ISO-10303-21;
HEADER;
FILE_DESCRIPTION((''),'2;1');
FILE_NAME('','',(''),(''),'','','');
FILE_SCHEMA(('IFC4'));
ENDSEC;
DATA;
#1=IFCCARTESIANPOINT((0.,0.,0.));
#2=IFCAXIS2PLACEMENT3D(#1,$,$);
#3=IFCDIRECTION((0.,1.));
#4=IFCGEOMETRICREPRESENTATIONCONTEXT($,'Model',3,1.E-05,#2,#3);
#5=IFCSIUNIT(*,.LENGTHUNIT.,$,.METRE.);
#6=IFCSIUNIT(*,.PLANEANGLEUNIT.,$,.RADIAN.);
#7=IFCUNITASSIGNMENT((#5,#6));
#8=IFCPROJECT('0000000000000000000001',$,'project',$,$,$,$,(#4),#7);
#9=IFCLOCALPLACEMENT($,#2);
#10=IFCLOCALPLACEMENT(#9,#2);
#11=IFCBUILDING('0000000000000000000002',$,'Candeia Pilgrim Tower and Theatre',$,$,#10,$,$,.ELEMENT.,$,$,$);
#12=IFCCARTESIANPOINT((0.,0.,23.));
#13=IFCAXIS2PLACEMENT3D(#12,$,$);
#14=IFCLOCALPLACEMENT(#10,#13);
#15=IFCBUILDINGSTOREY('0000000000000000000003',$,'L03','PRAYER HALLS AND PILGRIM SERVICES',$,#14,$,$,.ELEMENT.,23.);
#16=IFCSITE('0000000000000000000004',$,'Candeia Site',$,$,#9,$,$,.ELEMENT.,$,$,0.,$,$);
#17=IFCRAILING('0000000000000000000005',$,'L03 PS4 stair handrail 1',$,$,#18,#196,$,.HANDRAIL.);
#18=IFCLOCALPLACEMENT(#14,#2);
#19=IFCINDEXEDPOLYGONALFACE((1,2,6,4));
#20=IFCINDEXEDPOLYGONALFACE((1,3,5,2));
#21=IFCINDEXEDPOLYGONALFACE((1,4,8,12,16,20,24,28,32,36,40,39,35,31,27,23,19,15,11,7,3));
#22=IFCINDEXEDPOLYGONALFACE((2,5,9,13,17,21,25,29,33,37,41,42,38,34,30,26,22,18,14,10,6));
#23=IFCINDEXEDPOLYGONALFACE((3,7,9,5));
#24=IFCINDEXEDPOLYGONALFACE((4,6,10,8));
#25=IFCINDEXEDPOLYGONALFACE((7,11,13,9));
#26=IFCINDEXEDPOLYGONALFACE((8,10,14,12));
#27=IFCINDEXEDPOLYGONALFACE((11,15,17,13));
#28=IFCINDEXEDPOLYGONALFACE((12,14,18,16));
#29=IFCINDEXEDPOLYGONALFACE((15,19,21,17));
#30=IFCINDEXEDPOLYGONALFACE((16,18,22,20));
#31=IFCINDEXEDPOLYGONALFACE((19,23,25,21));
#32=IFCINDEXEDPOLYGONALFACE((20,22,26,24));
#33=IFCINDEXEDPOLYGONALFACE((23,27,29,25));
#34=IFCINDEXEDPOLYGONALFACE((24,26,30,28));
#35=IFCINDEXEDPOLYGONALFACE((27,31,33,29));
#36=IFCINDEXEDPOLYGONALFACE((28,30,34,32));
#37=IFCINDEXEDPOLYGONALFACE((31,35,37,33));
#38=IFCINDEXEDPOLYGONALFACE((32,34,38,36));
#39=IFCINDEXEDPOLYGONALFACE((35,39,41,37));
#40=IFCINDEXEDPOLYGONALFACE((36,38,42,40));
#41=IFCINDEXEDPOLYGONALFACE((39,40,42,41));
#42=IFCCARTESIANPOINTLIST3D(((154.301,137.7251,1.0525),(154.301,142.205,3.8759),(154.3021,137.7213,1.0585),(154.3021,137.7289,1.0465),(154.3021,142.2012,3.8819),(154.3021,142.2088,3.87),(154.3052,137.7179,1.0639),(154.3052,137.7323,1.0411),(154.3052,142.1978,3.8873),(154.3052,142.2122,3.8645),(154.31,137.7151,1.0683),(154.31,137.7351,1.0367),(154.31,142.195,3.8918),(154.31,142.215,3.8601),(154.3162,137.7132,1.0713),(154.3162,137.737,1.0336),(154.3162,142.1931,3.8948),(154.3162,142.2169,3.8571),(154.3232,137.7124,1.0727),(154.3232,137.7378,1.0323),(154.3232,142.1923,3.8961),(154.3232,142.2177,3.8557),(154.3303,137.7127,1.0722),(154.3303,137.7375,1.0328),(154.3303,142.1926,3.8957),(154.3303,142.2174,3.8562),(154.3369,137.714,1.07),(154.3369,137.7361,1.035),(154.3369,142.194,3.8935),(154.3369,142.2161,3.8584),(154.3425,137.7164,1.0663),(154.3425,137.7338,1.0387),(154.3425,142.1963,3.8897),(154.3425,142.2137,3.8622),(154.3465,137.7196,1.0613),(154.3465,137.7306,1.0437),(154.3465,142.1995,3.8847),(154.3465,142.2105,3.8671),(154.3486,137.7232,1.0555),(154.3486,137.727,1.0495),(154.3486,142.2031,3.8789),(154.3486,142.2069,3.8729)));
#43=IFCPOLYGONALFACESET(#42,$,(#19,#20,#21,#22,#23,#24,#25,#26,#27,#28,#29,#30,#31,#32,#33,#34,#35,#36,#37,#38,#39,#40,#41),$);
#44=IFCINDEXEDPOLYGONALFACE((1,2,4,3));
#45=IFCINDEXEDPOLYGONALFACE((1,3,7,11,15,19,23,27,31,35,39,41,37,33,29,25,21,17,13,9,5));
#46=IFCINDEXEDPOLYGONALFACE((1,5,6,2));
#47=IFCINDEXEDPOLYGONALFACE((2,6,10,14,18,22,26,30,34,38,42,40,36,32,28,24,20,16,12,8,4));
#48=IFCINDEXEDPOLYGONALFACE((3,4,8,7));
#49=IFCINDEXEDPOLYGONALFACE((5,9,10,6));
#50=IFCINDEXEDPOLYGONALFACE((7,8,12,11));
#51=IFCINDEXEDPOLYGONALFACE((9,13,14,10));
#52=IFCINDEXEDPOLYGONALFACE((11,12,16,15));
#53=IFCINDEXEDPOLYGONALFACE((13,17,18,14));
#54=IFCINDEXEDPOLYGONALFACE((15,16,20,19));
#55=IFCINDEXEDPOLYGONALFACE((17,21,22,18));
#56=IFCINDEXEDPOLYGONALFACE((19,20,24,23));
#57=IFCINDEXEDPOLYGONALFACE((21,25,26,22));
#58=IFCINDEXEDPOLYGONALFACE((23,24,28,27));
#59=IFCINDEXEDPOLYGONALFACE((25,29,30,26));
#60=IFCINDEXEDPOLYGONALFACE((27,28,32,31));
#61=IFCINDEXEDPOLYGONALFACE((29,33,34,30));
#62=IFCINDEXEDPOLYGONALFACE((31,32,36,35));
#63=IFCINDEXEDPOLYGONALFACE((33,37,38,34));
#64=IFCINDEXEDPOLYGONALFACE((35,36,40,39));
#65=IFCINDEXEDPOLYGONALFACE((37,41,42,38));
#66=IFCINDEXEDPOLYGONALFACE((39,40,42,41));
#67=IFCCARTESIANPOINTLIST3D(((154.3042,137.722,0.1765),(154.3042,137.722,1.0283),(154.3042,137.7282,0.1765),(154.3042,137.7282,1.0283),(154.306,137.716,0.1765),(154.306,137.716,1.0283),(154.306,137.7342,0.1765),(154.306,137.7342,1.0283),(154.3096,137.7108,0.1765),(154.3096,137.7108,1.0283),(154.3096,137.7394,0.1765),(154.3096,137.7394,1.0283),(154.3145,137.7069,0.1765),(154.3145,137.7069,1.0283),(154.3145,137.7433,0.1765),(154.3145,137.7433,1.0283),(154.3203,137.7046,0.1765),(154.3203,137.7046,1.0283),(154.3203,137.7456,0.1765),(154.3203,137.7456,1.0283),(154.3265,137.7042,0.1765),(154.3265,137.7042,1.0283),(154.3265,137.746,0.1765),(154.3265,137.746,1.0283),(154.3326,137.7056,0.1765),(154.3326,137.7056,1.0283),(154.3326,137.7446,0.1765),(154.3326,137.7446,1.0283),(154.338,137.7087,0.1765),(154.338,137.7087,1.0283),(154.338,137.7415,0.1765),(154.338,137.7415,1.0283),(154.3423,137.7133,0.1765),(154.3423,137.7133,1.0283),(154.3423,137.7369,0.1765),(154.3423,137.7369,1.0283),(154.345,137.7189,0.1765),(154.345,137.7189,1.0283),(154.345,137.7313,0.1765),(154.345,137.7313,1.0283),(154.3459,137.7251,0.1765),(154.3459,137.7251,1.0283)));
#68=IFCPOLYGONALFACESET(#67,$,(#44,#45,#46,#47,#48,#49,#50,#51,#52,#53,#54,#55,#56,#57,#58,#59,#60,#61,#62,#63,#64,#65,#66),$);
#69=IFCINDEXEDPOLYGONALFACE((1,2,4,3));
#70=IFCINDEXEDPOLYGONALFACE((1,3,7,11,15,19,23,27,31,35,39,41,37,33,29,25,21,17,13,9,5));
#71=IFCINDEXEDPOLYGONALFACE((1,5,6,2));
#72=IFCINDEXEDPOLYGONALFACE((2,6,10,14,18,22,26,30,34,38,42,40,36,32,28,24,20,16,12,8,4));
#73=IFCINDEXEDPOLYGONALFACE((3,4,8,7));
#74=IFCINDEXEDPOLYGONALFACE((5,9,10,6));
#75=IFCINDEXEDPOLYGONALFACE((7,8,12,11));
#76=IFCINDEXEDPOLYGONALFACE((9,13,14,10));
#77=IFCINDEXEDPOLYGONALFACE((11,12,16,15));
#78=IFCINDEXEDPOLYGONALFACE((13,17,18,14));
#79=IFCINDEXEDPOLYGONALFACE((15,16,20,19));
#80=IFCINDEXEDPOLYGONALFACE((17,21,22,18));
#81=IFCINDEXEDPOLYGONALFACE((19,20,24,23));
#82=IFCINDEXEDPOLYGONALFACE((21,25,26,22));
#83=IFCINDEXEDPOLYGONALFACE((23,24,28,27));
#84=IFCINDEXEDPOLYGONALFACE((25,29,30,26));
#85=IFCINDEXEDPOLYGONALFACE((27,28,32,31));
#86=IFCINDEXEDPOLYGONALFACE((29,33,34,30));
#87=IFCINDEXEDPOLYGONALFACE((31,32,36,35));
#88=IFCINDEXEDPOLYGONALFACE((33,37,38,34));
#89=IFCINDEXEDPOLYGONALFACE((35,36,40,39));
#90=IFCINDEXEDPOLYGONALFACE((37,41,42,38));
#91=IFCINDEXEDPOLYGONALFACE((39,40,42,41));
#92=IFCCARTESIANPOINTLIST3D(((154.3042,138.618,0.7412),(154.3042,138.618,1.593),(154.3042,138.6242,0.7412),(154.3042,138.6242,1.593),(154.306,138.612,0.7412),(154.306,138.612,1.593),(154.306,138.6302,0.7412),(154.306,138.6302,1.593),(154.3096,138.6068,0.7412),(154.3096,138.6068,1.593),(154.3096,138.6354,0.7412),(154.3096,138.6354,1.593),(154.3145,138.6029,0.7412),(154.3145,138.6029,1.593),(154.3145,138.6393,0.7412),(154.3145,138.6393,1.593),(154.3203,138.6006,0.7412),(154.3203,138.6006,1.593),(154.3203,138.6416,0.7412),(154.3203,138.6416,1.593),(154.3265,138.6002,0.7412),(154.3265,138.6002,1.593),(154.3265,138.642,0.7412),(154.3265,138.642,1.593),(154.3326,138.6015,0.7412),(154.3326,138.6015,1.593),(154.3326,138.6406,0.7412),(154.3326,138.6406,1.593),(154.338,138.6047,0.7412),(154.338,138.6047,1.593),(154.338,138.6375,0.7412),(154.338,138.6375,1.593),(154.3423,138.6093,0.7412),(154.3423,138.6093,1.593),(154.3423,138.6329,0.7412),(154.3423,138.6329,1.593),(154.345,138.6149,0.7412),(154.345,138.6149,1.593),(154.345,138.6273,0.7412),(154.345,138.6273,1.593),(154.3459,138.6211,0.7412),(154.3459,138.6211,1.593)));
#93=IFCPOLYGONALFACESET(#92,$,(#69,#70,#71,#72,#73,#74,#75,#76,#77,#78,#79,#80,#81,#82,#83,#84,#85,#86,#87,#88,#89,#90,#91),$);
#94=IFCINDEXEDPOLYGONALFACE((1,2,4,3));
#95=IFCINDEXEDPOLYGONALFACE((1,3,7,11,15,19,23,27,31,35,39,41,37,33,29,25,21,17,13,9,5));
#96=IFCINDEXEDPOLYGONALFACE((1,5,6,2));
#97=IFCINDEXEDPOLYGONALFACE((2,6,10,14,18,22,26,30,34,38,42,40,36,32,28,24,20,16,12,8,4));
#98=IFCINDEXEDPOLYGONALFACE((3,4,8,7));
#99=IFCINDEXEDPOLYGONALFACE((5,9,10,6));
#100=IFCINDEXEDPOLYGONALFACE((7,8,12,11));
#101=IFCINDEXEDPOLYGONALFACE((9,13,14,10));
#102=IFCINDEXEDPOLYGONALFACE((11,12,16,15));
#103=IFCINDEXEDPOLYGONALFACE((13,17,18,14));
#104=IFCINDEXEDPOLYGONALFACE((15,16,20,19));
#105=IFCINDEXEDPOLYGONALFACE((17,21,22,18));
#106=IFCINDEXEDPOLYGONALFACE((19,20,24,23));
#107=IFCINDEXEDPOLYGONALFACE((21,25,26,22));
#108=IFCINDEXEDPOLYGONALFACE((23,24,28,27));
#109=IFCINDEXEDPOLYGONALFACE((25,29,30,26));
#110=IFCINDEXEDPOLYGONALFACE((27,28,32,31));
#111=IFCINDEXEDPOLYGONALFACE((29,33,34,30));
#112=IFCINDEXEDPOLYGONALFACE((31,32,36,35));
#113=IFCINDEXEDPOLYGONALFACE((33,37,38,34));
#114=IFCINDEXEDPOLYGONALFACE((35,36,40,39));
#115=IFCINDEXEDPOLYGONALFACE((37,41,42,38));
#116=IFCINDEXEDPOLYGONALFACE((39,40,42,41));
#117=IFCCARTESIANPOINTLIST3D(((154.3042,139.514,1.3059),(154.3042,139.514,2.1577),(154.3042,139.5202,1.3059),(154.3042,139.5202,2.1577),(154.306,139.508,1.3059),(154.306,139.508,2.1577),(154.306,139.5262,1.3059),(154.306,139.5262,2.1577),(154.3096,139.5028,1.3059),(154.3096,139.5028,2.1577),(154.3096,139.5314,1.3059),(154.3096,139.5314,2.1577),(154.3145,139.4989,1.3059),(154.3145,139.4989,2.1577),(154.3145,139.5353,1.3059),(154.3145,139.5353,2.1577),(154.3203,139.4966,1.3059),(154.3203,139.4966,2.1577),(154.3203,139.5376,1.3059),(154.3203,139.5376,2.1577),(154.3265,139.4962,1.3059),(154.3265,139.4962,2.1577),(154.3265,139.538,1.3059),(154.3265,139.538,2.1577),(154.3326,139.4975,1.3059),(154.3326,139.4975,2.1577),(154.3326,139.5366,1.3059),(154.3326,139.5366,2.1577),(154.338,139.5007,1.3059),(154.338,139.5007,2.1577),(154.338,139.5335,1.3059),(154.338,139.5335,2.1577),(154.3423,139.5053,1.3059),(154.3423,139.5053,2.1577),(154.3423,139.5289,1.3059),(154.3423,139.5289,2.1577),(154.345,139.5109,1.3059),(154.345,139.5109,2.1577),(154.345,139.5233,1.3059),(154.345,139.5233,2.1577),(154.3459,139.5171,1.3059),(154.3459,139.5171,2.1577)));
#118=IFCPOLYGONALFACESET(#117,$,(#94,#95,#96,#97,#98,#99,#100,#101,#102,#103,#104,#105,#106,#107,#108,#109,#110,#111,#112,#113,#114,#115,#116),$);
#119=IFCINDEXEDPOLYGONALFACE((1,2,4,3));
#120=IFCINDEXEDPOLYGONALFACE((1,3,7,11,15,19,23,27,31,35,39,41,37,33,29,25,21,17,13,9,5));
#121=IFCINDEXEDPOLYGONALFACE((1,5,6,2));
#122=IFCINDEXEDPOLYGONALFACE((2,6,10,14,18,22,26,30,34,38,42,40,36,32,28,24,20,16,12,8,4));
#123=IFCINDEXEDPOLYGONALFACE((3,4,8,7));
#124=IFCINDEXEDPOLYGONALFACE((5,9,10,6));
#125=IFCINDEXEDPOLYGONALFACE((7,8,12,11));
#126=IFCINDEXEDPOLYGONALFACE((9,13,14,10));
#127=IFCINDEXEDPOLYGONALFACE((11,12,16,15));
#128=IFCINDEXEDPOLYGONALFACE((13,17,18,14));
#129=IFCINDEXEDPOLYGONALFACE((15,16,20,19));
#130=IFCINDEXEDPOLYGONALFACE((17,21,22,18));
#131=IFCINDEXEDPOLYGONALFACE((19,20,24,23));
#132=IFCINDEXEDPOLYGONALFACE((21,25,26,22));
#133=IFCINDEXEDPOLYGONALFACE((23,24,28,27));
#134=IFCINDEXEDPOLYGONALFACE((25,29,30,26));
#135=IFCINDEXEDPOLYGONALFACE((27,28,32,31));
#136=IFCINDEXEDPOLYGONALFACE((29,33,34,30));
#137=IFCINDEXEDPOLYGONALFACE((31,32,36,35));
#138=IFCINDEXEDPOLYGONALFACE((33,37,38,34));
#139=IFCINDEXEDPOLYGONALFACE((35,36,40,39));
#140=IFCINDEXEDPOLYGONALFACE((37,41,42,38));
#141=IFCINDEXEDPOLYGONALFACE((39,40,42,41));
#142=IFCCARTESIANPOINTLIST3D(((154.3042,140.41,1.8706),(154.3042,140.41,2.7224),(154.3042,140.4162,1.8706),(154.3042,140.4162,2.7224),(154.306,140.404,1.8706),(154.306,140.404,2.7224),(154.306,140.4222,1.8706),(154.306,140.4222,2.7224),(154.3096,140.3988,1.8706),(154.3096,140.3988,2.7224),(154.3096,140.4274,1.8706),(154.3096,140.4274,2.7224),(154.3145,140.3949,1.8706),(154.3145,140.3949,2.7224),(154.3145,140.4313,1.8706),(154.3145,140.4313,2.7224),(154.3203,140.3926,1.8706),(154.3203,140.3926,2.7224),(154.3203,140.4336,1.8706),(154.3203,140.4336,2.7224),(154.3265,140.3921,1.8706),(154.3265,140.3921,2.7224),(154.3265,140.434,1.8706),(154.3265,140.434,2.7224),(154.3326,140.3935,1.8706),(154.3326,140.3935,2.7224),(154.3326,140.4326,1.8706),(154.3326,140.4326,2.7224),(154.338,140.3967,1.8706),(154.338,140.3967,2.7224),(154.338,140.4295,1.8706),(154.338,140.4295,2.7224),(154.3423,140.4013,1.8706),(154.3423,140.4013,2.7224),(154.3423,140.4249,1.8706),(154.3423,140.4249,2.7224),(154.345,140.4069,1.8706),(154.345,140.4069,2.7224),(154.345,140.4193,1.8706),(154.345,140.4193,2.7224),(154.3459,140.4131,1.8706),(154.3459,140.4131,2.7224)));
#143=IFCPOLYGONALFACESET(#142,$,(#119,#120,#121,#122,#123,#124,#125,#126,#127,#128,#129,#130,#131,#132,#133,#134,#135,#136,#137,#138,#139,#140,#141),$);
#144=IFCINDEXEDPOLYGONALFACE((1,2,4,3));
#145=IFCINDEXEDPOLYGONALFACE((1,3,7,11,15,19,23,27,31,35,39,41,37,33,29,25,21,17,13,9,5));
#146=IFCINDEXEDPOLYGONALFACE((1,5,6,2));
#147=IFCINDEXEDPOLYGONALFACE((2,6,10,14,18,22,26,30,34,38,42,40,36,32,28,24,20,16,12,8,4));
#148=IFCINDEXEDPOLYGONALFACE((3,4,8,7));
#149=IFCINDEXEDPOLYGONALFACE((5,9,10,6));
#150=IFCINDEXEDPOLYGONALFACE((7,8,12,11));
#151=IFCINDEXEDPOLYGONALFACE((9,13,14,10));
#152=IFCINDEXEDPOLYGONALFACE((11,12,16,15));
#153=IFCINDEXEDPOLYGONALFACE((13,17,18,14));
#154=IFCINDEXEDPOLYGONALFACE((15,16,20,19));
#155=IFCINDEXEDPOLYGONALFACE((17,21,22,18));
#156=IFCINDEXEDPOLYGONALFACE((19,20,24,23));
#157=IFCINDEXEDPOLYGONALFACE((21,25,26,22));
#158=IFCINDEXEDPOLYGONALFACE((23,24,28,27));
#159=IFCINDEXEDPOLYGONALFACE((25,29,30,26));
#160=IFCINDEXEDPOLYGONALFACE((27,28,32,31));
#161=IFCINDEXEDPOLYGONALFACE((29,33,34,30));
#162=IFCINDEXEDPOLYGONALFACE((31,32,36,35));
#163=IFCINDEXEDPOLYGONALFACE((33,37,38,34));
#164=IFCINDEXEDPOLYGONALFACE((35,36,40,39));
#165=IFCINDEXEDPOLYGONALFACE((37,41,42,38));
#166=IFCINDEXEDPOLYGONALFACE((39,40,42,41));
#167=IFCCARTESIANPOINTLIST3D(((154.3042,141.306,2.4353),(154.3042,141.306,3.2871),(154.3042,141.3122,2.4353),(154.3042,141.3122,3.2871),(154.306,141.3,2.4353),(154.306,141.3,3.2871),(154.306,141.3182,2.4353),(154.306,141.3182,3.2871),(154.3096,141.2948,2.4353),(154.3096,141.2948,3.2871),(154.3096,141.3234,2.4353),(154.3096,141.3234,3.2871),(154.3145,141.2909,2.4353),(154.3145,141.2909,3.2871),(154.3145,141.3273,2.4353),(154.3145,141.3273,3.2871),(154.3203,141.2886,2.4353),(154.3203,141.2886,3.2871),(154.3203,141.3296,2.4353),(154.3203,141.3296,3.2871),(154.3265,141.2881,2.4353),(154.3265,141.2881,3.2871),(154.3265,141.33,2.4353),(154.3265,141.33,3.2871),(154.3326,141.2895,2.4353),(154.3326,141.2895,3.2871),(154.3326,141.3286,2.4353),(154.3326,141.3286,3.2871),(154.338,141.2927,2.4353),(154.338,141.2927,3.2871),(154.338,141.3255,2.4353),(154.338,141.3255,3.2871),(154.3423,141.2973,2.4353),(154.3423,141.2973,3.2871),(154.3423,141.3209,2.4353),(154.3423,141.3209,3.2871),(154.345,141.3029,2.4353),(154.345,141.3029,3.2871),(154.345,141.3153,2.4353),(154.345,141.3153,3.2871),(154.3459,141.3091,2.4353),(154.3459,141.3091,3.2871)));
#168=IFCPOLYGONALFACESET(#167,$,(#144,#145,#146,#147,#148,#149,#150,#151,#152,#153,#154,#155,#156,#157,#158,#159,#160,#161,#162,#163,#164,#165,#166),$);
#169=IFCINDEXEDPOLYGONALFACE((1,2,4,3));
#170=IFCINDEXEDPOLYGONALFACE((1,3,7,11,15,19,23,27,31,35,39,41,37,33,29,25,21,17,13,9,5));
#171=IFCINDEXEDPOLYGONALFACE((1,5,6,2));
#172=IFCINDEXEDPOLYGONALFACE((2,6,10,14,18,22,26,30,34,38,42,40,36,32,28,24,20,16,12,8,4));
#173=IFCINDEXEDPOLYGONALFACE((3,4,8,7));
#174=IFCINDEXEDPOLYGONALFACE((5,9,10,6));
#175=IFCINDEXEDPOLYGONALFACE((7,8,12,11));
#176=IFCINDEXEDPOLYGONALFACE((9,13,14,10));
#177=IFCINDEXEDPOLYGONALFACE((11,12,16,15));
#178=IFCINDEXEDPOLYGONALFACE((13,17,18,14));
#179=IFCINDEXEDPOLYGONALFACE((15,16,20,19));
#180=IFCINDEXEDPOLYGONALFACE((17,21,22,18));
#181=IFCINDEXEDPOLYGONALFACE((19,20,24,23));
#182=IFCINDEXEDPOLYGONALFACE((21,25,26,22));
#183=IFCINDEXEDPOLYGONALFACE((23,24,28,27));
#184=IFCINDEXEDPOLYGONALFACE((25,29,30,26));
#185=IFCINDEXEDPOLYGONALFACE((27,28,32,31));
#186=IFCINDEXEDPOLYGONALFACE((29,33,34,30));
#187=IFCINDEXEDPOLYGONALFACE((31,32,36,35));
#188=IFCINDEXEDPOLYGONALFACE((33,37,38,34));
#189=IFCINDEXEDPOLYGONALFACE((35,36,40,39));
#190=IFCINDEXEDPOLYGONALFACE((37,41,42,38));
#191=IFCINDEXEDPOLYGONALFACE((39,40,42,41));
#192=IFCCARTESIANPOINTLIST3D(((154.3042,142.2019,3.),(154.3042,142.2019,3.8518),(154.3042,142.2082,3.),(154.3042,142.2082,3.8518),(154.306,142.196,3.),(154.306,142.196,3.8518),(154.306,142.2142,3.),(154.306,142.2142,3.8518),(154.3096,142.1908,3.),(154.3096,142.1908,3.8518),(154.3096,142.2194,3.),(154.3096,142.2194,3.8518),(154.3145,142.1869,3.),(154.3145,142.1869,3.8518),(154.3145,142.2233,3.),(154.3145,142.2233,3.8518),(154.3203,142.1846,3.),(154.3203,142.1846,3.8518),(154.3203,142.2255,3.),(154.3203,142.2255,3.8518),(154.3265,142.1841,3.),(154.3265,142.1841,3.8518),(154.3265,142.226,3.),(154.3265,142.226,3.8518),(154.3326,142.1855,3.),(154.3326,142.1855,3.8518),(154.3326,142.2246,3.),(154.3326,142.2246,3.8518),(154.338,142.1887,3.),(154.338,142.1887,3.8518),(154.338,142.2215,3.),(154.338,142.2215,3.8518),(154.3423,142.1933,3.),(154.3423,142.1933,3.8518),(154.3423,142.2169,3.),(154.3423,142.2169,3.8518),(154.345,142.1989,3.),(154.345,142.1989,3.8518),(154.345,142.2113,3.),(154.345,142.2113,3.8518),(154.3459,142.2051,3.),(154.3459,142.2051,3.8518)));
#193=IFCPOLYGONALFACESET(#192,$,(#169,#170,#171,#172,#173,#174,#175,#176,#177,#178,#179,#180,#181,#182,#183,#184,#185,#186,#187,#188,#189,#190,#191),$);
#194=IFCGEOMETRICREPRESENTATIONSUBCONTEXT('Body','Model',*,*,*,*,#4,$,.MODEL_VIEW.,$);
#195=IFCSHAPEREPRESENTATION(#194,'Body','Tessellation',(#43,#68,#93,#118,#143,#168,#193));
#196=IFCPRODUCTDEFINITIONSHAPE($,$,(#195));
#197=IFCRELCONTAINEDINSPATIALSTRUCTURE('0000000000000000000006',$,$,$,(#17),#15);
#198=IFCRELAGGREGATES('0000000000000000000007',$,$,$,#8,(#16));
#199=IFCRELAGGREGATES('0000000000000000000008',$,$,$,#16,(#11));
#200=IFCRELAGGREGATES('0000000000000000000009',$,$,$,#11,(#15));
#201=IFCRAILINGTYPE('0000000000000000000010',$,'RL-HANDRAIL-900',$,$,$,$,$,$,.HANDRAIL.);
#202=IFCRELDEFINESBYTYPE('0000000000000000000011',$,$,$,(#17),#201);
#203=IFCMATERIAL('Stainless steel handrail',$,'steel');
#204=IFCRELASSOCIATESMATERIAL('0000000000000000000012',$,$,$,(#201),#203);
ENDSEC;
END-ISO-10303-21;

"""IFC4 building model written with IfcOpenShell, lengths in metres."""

from ifc_helpers import new_model, si_unit, direction, frame, origin, origin_2d, place, context, subcontext, project, spatial, circle, extrude, material, type_object, element, save


model = new_model("IFC4")

# Units and contexts
model_context = context("Model", 3, precision=1e-05, world=origin(), true_north=direction((0.0, 1.0)))
body_context = subcontext(model_context, "Body", "Model", "MODEL_VIEW")
ifc_project = project(units=[si_unit("LENGTHUNIT", "METRE"), si_unit("PLANEANGLEUNIT", "RADIAN")], contexts=[model_context])

# Site, building, storey
site_placement = place(None, origin())
site = spatial("IfcSite", under=ifc_project, at=site_placement, Name="Candeia Site", CompositionType="ELEMENT", RefElevation=0.0)
building_placement = place(site_placement, origin())
building = spatial("IfcBuilding", under=site, at=building_placement, Name="Candeia Pilgrim Tower and Theatre", CompositionType="ELEMENT")
storey_placement = place(building_placement, frame((0.0, 0.0, 23.0)))
storey = spatial("IfcBuildingStorey", under=building, at=storey_placement, Name="L03", Description="PRAYER HALLS AND PILGRIM SERVICES", CompositionType="ELEMENT", Elevation=23.0)

# Railing
ifc_material_1 = material(Name="Stainless steel handrail", Category="steel")
railing_type_1 = type_object("IfcRailingType", Name="RL-HANDRAIL-900", PredefinedType="HANDRAIL", material=ifc_material_1)
railing_1_placement = place(storey_placement, frame((154.325, 137.7251, 0.1765)))
element("IfcRailing", 1, at=railing_1_placement, inside=storey, type_object=railing_type_1, Name="L03 PS4 stair handrail 1", PredefinedType="HANDRAIL", context=body_context, shape_type="SweptSolid", body=[
    extrude(circle(Radius=0.0239, at=origin_2d()), frame((0.0, 0.0, 0.876), z_axis=(0.0, 0.845998, 0.533186), x_axis=(-1.0, 0.0, 0.0)), (0.0, 0.0, 1.0), 5.2954),
    extrude(circle(Radius=0.021, at=origin_2d()), origin(), (0.0, 0.0, 1.0), 0.8518),
    extrude(circle(Radius=0.021, at=origin_2d()), frame((0.0, 0.896, 0.5647)), (0.0, 0.0, 1.0), 0.8518),
    extrude(circle(Radius=0.021, at=origin_2d()), frame((0.0, 1.792, 1.1294)), (0.0, 0.0, 1.0), 0.8518),
    extrude(circle(Radius=0.021, at=origin_2d()), frame((0.0, 2.688, 1.6941)), (0.0, 0.0, 1.0), 0.8518),
    extrude(circle(Radius=0.021, at=origin_2d()), frame((0.0, 3.584, 2.2588)), (0.0, 0.0, 1.0), 0.8518),
    extrude(circle(Radius=0.021, at=origin_2d()), frame((0.0, 4.48, 2.8235)), (0.0, 0.0, 1.0), 0.8518),
])

save(model, "model.ifc")
